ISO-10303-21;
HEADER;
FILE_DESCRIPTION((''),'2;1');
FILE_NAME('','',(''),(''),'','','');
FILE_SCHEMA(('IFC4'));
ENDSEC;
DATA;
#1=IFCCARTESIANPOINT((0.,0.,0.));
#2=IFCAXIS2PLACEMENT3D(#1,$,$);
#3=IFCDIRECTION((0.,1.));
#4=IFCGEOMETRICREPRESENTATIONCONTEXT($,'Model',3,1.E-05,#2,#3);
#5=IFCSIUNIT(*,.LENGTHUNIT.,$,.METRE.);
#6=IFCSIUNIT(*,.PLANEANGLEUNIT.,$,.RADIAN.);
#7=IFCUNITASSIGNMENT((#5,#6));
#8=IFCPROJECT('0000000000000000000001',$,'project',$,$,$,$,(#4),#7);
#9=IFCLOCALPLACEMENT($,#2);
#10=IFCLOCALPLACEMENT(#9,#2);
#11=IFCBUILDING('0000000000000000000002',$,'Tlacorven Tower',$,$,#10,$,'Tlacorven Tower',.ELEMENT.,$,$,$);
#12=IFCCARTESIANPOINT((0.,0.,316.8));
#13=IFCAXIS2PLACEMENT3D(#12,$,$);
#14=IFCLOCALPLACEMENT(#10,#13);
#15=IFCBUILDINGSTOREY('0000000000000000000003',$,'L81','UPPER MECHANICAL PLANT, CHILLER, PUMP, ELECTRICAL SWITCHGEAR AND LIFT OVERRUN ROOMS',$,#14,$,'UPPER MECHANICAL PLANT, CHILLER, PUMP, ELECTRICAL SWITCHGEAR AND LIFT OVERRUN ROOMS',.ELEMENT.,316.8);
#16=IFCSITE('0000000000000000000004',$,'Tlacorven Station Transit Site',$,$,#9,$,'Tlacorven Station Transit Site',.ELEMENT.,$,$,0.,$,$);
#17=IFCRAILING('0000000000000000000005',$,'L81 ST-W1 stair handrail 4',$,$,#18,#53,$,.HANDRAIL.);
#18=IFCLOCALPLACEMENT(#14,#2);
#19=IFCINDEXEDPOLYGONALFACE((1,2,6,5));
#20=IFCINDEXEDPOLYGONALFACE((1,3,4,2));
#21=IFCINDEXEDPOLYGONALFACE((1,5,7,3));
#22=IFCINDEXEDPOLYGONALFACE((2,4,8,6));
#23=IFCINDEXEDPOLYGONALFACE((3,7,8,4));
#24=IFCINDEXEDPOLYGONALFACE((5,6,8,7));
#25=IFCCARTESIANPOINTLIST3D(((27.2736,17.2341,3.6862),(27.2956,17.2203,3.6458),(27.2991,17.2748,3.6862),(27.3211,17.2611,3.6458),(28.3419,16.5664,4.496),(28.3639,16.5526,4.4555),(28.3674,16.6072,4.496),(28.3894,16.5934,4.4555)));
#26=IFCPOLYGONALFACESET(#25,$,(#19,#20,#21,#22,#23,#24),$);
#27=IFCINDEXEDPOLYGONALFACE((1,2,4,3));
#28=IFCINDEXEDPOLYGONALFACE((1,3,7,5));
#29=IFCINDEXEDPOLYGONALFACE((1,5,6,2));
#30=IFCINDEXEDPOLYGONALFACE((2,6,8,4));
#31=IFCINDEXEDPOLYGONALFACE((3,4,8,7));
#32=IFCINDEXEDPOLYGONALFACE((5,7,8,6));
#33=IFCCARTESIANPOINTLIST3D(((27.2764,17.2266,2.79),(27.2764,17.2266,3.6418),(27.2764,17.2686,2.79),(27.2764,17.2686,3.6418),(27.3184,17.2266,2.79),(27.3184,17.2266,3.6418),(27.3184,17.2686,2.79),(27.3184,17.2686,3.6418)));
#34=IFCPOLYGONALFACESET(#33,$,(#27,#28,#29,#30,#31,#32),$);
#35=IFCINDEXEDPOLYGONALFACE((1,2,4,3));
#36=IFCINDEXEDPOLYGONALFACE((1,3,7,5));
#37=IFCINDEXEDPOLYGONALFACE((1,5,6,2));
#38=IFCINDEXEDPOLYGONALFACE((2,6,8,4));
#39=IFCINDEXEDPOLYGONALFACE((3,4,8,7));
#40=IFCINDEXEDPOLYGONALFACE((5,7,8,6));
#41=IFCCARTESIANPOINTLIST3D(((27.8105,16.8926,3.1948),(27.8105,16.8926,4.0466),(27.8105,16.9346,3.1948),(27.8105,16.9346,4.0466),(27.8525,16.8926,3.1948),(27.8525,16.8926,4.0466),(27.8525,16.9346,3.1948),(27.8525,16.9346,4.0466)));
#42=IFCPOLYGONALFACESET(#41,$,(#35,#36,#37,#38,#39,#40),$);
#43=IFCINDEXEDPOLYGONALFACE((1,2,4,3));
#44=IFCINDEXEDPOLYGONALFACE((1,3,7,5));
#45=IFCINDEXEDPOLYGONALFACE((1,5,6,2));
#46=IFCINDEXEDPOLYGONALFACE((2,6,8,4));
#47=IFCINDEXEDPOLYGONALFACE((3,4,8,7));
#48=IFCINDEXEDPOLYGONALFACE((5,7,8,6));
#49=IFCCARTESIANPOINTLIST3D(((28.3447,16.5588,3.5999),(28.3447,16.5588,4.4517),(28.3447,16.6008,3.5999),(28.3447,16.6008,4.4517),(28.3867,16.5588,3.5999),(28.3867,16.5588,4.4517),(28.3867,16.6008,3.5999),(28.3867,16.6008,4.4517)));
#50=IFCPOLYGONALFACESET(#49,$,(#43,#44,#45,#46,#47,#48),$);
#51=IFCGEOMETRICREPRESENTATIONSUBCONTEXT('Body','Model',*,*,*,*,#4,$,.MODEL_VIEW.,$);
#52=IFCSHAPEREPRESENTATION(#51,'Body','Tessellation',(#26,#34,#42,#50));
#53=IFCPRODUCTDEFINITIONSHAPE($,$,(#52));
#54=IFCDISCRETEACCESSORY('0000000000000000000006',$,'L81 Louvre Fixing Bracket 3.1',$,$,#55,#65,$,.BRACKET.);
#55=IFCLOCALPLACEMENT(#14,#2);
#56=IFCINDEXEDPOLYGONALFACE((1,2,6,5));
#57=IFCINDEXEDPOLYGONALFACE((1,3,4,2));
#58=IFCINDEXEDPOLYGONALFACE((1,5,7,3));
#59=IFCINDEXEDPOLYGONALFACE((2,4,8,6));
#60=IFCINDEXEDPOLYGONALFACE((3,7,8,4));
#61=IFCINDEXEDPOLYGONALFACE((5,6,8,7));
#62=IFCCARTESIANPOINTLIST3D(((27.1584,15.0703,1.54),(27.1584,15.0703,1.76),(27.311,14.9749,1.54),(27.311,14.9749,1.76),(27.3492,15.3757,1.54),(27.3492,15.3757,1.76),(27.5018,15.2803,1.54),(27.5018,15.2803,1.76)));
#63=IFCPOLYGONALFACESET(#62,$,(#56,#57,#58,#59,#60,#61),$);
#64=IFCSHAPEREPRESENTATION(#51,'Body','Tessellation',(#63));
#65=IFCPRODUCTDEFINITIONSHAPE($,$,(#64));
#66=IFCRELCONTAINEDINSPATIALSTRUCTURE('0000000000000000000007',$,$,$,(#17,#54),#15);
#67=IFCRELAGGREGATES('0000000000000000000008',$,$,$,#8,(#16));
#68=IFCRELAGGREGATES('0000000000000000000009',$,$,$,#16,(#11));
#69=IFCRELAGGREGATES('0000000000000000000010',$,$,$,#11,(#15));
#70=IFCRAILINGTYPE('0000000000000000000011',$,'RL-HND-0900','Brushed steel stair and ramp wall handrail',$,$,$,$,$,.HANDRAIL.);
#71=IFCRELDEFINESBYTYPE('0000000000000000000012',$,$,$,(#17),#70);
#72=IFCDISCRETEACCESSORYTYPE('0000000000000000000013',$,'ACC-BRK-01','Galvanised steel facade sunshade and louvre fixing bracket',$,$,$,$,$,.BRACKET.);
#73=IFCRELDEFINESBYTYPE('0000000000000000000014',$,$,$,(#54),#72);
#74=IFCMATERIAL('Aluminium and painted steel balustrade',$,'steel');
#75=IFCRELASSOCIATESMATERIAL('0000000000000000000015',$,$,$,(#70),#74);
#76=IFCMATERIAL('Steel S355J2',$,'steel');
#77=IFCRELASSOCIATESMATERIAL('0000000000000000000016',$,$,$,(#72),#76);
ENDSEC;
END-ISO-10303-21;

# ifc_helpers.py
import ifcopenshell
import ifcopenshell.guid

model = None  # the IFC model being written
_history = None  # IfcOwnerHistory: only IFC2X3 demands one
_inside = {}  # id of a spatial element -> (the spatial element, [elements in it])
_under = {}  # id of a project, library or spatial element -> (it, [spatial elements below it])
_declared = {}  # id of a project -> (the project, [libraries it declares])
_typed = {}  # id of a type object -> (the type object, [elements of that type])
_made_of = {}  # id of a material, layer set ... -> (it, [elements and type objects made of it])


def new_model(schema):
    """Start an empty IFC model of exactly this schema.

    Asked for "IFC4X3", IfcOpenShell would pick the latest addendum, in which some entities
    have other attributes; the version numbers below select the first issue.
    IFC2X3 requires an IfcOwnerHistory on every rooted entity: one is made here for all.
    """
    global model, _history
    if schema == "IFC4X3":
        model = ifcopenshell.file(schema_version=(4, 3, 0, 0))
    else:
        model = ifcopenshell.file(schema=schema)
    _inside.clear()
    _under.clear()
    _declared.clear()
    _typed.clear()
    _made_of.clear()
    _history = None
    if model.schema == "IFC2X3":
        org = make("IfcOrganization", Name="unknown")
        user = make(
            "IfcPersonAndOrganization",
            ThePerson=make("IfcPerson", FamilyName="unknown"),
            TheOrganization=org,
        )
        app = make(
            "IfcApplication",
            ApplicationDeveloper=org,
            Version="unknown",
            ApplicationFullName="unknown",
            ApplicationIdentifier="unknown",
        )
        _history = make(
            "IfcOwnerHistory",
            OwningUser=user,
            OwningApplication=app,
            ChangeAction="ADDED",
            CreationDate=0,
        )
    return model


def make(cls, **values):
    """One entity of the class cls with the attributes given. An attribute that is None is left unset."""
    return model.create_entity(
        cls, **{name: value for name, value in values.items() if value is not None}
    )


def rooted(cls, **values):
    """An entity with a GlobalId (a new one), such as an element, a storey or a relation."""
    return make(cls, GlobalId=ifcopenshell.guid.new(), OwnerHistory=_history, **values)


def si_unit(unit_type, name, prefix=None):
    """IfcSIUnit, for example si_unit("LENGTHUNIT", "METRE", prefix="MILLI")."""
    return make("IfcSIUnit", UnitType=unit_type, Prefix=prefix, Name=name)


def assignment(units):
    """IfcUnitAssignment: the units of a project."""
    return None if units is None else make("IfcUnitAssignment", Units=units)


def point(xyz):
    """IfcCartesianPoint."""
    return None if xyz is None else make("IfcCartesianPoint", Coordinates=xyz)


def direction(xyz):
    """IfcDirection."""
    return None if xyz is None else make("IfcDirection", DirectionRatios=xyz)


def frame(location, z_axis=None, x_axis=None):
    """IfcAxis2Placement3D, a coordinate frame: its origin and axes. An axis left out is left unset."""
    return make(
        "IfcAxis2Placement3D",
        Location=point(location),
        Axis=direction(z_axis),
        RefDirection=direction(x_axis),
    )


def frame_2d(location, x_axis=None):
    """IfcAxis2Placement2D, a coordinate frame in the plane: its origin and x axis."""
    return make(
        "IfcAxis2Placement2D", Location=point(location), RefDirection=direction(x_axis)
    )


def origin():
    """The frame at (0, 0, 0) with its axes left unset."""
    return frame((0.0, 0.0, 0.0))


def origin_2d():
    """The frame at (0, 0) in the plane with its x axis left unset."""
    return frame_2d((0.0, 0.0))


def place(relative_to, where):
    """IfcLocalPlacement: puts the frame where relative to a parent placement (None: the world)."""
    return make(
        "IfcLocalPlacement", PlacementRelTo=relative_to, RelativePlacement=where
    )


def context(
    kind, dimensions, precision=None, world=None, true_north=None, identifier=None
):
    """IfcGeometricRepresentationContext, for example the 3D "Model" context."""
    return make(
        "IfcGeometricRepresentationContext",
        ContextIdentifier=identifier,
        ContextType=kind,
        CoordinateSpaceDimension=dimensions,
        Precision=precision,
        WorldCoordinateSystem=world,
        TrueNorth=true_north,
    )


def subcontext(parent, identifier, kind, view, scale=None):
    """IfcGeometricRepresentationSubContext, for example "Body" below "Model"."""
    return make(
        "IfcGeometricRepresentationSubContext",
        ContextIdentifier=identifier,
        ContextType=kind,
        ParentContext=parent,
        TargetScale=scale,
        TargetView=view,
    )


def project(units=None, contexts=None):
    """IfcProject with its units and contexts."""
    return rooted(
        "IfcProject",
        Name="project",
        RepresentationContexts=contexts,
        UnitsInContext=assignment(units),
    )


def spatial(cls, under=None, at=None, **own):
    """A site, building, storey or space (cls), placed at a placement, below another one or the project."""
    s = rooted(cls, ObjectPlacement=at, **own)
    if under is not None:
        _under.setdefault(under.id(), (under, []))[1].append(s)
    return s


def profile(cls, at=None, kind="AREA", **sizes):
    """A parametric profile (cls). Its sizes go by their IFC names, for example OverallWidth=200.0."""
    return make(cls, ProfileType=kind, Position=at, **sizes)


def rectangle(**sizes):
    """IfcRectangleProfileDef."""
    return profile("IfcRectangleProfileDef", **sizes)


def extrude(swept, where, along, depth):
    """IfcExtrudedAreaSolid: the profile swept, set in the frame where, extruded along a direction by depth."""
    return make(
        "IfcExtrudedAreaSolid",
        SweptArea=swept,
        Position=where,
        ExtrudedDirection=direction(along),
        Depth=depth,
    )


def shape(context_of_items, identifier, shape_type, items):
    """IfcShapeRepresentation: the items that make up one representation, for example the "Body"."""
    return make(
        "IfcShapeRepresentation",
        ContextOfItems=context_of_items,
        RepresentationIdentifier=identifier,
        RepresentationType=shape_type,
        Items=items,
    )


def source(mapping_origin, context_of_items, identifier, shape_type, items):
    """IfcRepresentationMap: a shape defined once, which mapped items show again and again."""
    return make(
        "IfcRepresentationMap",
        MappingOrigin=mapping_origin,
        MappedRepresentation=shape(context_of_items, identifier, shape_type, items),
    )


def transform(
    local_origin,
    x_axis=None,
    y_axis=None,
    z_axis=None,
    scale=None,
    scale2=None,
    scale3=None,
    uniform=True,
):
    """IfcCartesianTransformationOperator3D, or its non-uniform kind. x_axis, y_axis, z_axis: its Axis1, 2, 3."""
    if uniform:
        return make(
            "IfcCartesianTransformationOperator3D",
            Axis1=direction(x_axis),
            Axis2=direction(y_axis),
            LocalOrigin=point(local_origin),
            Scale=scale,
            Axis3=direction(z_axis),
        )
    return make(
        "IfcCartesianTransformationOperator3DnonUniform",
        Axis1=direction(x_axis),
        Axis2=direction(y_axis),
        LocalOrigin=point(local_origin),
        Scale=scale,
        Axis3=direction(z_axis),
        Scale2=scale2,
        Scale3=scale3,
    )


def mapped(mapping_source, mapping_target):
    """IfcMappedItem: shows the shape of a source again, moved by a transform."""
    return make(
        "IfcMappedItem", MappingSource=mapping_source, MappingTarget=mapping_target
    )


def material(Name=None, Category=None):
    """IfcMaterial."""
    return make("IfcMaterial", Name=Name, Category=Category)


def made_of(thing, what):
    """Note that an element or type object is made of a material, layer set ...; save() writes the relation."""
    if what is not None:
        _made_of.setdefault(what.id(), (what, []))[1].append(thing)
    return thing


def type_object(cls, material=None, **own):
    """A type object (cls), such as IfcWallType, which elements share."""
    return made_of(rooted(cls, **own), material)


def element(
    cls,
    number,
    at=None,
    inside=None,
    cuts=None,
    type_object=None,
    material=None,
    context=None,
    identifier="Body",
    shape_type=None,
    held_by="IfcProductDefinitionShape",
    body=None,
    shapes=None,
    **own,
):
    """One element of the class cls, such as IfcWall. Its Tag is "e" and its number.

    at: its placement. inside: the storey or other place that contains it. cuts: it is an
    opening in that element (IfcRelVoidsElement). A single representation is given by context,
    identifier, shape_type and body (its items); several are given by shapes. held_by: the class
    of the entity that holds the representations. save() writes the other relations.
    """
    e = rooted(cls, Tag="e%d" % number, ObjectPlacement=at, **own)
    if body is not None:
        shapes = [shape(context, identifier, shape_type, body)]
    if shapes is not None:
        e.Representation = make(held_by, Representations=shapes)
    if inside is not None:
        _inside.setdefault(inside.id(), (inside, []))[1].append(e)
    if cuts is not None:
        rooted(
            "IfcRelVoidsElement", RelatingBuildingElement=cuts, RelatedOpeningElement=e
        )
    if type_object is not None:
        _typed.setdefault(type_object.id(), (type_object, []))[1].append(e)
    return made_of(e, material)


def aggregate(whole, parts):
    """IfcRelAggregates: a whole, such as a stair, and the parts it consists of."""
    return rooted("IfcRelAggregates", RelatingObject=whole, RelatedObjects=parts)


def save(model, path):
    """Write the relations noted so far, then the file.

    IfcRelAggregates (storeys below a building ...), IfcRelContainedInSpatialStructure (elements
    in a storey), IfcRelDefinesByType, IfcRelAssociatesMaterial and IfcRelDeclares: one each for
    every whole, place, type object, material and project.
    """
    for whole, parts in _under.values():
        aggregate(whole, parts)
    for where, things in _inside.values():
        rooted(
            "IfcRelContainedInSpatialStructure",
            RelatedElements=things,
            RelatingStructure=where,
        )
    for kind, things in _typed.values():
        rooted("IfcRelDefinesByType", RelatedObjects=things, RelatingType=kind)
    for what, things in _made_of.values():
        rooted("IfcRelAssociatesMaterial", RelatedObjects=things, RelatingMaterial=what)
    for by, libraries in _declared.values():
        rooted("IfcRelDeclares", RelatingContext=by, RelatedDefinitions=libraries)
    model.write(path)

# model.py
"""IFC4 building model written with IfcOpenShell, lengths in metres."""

from ifc_helpers import new_model, si_unit, direction, frame, origin, origin_2d, place, context, subcontext, project, spatial, rectangle, extrude, source, transform, mapped, material, type_object, element, save


model = new_model("IFC4")

# Units and contexts
model_context = context("Model", 3, precision=1e-05, world=origin(), true_north=direction((0.0, 1.0)))
body_context = subcontext(model_context, "Body", "Model", "MODEL_VIEW")
ifc_project = project(units=[si_unit("LENGTHUNIT", "METRE"), si_unit("PLANEANGLEUNIT", "RADIAN")], contexts=[model_context])

# Site, building, storey
site_placement = place(None, origin())
site = spatial("IfcSite", under=ifc_project, at=site_placement, Name="Tlacorven Station Transit Site", LongName="Tlacorven Station Transit Site", CompositionType="ELEMENT", RefElevation=0.0)
building_placement = place(site_placement, origin())
building = spatial("IfcBuilding", under=site, at=building_placement, Name="Tlacorven Tower", LongName="Tlacorven Tower", CompositionType="ELEMENT")
storey_placement = place(building_placement, frame((0.0, 0.0, 316.8)))
storey = spatial("IfcBuildingStorey", under=building, at=storey_placement, Name="L81", Description="UPPER MECHANICAL PLANT, CHILLER, PUMP, ELECTRICAL SWITCHGEAR AND LIFT OVERRUN ROOMS", LongName="UPPER MECHANICAL PLANT, CHILLER, PUMP, ELECTRICAL SWITCHGEAR AND LIFT OVERRUN ROOMS", CompositionType="ELEMENT", Elevation=316.8)

# Shared definitions
ifc_material_1 = material(Name="Steel S355J2", Category="steel")

# Shared definitions
ifc_material_2 = material(Name="Aluminium and painted steel balustrade", Category="steel")

# Railing
railing_type_1 = type_object("IfcRailingType", Name="RL-HND-0900", Description="Brushed steel stair and ramp wall handrail", PredefinedType="HANDRAIL", material=ifc_material_2)
shared_shape_1 = source(origin(), body_context, "Body", "SweptSolid", [
    extrude(rectangle(XDim=0.0481, YDim=0.0481, at=origin_2d()), frame((0.0, 0.0, 0.876), z_axis=(0.713343, -0.445839, 0.540712), x_axis=(0.529999, 0.847998, 0.0)), (0.0, 0.0, 1.0), 1.4976),
    extrude(rectangle(XDim=0.042, YDim=0.042, at=origin_2d()), origin(), (0.0, 0.0, 1.0), 0.8518),
    extrude(rectangle(XDim=0.042, YDim=0.042, at=origin_2d()), frame((0.5342, -0.334, 0.4048)), (0.0, 0.0, 1.0), 0.8518),
    extrude(rectangle(XDim=0.042, YDim=0.042, at=origin_2d()), frame((1.0684, -0.6677, 0.8098)), (0.0, 0.0, 1.0), 0.8518),
])
railing_1_placement = place(storey_placement, frame((27.2974, 17.2476, 2.79)))
element("IfcRailing", 1, at=railing_1_placement, inside=storey, type_object=railing_type_1, Name="L81 ST-W1 stair handrail 4", PredefinedType="HANDRAIL", context=body_context, shape_type="MappedRepresentation", body=[
    mapped(shared_shape_1, transform((0.0, 0.0, 0.0), scale=1.0)),
])

# Discrete accessory
discrete_accessory_type = type_object("IfcDiscreteAccessoryType", Name="ACC-BRK-01", Description="Galvanised steel facade sunshade and louvre fixing bracket", PredefinedType="BRACKET", material=ifc_material_1)
shared_shape_2 = source(origin(), body_context, "Body", "SweptSolid", [
    extrude(rectangle(XDim=0.1799, YDim=0.3601, at=origin_2d()), origin(), (0.0, 0.0, 1.0), 0.22),
])
discrete_accessory_placement = place(storey_placement, frame((27.3301, 15.1753, 1.54), z_axis=(0.0, 0.0, 1.0), x_axis=(-0.848048, 0.529919, 0.0)))
element("IfcDiscreteAccessory", 2, at=discrete_accessory_placement, inside=storey, type_object=discrete_accessory_type, Name="L81 Louvre Fixing Bracket 3.1", PredefinedType="BRACKET", context=body_context, shape_type="MappedRepresentation", body=[
    mapped(shared_shape_2, transform((0.0, 0.0, 0.0), scale=1.0)),
])

save(model, "model.ifc")
